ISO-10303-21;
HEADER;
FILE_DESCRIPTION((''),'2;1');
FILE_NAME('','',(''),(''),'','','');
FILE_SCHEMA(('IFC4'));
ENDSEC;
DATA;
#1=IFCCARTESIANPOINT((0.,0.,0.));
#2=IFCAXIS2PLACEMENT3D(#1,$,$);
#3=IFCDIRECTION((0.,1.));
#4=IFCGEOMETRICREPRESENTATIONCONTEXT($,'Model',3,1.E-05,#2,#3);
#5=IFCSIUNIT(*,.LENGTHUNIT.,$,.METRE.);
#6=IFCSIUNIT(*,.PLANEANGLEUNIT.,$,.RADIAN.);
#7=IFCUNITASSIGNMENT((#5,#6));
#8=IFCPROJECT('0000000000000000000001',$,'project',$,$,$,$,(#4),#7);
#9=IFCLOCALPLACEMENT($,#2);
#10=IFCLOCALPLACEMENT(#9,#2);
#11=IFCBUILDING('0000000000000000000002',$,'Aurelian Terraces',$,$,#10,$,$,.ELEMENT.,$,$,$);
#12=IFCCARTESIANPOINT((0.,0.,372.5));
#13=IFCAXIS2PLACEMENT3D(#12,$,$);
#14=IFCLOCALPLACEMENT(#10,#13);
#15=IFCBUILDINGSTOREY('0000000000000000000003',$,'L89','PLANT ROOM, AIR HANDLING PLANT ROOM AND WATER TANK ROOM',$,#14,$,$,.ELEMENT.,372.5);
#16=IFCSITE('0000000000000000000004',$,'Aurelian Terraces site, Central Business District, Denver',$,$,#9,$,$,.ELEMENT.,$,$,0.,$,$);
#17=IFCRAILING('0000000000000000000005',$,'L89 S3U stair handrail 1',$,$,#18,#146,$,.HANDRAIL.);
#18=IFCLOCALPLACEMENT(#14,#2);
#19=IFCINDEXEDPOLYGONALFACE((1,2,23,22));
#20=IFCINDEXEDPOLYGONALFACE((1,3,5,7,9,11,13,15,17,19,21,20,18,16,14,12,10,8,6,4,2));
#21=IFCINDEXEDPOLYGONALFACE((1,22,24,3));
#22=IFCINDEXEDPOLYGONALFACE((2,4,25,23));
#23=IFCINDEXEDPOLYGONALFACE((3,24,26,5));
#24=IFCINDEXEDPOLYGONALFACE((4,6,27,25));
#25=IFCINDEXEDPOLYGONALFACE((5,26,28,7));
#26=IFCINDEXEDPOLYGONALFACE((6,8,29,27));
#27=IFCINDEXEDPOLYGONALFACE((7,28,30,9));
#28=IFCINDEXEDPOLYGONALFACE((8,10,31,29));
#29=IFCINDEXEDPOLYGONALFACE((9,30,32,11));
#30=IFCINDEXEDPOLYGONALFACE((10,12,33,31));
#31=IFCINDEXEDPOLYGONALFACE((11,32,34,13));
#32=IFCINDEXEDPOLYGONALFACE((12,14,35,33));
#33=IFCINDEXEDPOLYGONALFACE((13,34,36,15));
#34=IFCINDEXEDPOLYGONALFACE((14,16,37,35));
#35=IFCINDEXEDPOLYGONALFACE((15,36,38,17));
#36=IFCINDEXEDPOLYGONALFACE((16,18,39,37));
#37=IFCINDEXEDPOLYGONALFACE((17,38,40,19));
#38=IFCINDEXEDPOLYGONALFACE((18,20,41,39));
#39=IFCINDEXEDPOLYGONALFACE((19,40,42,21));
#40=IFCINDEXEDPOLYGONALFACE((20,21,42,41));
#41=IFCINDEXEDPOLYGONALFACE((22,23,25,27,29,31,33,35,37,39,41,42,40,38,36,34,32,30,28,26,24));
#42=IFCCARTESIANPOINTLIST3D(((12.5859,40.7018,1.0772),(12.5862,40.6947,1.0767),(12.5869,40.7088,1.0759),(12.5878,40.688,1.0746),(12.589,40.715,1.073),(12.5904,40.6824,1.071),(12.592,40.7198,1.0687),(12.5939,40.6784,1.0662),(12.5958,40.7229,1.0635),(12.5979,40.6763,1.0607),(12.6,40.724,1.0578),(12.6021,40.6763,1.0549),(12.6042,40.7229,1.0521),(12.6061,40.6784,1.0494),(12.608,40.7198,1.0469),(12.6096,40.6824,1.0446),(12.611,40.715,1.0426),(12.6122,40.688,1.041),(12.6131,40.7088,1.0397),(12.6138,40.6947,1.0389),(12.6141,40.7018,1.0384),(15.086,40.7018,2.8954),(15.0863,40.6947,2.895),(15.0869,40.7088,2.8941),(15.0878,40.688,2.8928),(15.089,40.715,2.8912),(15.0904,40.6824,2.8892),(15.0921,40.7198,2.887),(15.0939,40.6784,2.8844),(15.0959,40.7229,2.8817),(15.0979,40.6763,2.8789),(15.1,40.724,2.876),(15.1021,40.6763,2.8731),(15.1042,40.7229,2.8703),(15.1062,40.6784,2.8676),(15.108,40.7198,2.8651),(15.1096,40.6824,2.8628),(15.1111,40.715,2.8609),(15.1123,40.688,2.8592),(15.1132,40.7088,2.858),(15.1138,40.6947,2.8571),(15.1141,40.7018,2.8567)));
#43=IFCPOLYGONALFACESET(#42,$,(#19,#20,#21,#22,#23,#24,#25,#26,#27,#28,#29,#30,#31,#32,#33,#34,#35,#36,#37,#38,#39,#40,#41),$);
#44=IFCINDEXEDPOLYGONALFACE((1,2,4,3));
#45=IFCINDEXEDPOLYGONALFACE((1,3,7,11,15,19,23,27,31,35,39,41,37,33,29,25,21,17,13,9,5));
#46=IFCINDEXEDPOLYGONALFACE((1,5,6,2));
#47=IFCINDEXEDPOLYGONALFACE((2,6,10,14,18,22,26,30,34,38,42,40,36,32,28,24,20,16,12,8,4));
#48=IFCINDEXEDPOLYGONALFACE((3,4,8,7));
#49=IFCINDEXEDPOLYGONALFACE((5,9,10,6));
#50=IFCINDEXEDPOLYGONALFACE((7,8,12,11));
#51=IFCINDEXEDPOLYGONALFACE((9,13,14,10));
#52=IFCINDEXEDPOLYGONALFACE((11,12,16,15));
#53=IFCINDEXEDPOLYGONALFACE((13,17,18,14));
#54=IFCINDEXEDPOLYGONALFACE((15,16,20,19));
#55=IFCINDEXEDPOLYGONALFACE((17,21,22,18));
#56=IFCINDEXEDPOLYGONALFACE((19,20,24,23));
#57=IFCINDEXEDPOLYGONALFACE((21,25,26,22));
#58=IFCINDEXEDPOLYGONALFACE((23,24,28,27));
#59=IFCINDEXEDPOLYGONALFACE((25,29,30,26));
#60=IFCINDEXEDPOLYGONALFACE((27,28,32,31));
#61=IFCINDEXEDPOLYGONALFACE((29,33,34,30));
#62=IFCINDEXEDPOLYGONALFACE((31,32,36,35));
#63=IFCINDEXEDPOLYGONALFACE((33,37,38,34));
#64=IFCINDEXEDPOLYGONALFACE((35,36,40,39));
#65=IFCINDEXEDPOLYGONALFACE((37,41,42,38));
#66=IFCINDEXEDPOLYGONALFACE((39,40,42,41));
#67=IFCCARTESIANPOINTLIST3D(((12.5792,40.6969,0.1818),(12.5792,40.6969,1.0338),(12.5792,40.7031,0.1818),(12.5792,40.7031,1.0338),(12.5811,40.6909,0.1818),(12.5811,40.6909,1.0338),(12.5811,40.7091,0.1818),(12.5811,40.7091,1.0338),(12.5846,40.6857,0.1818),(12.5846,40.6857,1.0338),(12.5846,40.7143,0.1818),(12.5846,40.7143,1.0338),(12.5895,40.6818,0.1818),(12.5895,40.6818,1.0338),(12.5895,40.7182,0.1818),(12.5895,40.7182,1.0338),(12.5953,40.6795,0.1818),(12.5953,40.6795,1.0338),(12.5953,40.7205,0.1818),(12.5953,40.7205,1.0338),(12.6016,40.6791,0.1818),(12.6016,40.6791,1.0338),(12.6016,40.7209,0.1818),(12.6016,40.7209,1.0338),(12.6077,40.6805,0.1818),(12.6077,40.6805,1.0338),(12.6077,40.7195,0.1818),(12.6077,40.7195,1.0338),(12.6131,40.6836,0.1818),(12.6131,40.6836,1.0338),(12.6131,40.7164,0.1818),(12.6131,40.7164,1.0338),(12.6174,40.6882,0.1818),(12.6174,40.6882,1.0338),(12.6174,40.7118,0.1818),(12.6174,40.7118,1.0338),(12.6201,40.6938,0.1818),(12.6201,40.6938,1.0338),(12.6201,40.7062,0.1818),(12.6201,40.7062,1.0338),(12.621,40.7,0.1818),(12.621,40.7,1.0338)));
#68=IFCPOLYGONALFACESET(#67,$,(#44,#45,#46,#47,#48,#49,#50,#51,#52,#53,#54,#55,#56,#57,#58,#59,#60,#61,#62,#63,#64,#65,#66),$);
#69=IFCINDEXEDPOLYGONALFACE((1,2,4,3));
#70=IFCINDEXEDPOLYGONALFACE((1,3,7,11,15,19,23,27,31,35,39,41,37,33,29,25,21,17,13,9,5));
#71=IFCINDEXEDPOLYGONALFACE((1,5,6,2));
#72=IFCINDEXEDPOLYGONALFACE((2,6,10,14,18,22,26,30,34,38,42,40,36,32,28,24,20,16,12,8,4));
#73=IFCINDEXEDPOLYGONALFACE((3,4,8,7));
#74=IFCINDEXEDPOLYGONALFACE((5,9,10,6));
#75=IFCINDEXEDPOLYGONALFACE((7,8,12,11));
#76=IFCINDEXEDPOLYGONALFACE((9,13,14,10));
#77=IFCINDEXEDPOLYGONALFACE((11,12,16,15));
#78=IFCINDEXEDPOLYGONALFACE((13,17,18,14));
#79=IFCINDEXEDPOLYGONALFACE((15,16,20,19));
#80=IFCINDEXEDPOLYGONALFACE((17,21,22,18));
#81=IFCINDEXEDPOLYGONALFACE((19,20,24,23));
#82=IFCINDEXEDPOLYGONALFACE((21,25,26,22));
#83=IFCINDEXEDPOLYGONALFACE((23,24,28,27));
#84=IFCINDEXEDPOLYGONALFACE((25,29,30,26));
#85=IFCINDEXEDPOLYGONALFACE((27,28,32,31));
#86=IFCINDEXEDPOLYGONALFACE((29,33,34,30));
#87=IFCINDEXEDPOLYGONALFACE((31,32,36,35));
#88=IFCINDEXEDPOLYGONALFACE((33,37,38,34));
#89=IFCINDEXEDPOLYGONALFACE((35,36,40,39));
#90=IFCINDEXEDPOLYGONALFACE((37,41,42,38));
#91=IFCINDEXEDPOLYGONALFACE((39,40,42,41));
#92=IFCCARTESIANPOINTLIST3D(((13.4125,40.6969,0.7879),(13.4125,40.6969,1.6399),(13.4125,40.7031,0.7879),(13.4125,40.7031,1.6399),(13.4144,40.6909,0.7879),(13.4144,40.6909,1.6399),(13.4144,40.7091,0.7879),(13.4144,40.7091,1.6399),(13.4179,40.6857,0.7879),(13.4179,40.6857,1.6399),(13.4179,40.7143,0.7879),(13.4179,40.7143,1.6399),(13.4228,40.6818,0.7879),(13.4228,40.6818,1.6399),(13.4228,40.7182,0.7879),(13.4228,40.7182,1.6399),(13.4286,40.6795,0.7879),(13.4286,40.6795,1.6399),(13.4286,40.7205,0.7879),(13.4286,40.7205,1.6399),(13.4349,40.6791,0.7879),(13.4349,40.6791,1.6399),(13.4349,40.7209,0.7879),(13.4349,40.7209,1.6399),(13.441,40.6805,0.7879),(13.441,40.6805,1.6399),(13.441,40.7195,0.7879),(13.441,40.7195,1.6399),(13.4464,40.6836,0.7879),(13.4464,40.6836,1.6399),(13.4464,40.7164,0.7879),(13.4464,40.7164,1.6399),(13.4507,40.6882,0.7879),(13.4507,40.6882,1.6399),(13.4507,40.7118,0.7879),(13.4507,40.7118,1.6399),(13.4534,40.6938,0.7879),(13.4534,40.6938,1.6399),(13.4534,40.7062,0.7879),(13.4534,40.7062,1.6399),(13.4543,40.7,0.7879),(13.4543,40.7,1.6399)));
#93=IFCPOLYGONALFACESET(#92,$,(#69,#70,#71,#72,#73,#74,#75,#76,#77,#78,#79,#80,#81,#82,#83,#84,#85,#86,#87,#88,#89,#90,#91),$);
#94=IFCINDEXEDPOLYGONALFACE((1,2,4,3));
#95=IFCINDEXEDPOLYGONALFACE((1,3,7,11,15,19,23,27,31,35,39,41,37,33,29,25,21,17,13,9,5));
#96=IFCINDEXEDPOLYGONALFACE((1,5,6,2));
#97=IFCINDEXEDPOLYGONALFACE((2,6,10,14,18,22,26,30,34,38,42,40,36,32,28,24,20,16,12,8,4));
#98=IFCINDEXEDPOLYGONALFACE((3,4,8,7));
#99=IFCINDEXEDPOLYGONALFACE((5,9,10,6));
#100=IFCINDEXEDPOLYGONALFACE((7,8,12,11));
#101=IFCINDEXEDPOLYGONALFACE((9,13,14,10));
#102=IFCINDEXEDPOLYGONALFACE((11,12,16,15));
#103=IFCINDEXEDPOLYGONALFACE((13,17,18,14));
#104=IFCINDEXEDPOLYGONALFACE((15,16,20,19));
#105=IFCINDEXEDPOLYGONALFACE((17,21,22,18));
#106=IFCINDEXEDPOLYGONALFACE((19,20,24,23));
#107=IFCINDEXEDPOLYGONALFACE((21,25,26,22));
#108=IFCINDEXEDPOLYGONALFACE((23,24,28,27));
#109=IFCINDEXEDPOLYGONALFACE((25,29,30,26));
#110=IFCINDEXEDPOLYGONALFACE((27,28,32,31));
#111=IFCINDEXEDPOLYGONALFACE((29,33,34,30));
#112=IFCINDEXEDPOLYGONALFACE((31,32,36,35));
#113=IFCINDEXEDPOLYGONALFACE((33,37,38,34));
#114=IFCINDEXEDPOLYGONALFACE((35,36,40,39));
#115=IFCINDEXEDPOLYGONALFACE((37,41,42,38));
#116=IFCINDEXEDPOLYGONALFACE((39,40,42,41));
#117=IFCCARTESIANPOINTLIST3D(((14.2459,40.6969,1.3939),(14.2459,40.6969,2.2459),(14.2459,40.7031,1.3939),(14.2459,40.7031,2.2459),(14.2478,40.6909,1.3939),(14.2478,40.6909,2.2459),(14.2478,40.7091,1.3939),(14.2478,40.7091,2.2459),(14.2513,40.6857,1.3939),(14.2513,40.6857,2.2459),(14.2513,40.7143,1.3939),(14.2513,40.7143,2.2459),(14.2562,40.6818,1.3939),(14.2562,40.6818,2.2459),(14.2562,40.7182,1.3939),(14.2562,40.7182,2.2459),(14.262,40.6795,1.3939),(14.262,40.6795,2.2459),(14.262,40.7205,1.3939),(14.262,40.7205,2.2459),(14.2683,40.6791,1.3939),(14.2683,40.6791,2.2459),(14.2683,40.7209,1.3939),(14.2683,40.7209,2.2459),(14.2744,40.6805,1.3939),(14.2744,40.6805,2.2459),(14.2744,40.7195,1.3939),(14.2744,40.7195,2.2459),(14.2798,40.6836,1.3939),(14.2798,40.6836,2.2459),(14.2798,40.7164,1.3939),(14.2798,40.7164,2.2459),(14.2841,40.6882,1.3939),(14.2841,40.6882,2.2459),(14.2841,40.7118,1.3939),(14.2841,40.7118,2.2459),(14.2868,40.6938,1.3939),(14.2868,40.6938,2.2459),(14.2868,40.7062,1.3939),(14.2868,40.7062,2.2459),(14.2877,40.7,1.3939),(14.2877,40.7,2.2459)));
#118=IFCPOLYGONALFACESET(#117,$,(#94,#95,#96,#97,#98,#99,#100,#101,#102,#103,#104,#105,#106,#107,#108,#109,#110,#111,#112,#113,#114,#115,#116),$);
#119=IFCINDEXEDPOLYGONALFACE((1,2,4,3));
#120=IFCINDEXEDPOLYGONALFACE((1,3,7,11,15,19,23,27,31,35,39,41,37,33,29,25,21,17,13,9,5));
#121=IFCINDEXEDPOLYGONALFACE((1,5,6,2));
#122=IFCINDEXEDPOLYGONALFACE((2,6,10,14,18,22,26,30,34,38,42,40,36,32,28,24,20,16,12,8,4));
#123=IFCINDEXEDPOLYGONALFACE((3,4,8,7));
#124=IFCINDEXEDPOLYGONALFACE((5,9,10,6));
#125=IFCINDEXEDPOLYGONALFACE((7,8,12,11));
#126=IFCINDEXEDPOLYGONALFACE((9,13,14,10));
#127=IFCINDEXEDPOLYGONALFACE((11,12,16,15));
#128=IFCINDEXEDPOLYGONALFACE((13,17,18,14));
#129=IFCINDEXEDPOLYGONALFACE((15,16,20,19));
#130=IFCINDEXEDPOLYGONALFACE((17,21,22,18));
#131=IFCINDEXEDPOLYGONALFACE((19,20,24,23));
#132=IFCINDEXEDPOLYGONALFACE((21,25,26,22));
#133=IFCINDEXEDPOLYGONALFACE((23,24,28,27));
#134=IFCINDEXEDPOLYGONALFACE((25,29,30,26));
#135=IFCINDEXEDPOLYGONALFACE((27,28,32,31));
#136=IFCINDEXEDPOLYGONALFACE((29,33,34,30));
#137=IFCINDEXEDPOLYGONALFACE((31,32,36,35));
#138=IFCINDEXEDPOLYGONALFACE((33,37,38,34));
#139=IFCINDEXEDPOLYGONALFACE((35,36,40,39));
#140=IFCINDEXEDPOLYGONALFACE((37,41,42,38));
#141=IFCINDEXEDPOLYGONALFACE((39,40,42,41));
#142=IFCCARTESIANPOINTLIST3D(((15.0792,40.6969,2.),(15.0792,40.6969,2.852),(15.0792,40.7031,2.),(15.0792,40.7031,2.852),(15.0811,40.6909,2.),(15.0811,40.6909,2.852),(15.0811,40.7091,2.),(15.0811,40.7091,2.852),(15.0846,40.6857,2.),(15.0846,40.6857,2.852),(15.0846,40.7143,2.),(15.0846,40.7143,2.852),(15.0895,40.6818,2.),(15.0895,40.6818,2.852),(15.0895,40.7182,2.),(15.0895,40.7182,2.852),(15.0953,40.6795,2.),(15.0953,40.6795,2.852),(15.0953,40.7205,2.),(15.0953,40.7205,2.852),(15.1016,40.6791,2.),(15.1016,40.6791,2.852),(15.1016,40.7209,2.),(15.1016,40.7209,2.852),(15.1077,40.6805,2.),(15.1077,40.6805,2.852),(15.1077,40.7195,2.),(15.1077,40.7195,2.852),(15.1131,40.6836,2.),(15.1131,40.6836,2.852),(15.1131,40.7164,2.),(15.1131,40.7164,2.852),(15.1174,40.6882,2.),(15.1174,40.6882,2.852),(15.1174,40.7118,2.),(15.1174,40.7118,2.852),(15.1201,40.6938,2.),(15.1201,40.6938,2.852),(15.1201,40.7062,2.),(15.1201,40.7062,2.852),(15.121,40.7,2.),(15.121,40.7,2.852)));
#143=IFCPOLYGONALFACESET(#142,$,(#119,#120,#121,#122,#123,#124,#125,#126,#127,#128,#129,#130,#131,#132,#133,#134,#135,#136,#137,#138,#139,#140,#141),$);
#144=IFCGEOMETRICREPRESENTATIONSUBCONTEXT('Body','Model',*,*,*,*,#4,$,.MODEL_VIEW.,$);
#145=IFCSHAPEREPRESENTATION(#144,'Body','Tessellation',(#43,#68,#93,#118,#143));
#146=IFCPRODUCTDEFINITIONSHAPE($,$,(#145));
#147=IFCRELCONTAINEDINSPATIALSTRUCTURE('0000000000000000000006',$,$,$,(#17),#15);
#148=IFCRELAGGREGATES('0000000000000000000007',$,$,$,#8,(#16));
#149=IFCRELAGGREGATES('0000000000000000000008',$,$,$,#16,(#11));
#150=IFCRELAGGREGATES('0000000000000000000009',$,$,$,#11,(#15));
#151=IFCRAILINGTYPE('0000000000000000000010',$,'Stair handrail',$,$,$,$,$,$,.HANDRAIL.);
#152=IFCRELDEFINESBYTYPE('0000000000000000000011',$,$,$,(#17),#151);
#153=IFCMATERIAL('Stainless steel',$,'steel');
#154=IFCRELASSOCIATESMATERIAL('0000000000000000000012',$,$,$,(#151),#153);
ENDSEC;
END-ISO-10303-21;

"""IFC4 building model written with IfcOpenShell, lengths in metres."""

from ifc_helpers import new_model, si_unit, direction, frame, origin, origin_2d, place, context, subcontext, project, spatial, circle, extrude, source, transform, mapped, material, type_object, element, save


model = new_model("IFC4")

# Units and contexts
model_context = context("Model", 3, precision=1e-05, world=origin(), true_north=direction((0.0, 1.0)))
body_context = subcontext(model_context, "Body", "Model", "MODEL_VIEW")
ifc_project = project(units=[si_unit("LENGTHUNIT", "METRE"), si_unit("PLANEANGLEUNIT", "RADIAN")], contexts=[model_context])

# Site, building, storey
site_placement = place(None, origin())
site = spatial("IfcSite", under=ifc_project, at=site_placement, Name="Aurelian Terraces site, Central Business District, Denver", CompositionType="ELEMENT", RefElevation=0.0)
building_placement = place(site_placement, origin())
building = spatial("IfcBuilding", under=site, at=building_placement, Name="Aurelian Terraces", CompositionType="ELEMENT")
storey_placement = place(building_placement, frame((0.0, 0.0, 372.5)))
storey = spatial("IfcBuildingStorey", under=building, at=storey_placement, Name="L89", Description="PLANT ROOM, AIR HANDLING PLANT ROOM AND WATER TANK ROOM", CompositionType="ELEMENT", Elevation=372.5)

# Railing
ifc_material_1 = material(Name="Stainless steel", Category="steel")
railing_type_1 = type_object("IfcRailingType", Name="Stair handrail", PredefinedType="HANDRAIL", material=ifc_material_1)
shared_shape_1 = source(origin(), body_context, "Body", "SweptSolid", [
    extrude(circle(Radius=0.024, at=origin_2d()), frame((0.0, 0.0, 0.876), z_axis=(0.808733, 0.0, 0.588176), x_axis=(0.0, 1.0, 0.0)), (0.0, 0.0, 1.0), 3.0913),
    extrude(circle(Radius=0.021, at=origin_2d()), origin(), (0.0, 0.0, 1.0), 0.852),
    extrude(circle(Radius=0.021, at=origin_2d()), frame((0.8333, 0.0, 0.6061)), (0.0, 0.0, 1.0), 0.852),
    extrude(circle(Radius=0.021, at=origin_2d()), frame((1.6667, 0.0, 1.2121)), (0.0, 0.0, 1.0), 0.852),
    extrude(circle(Radius=0.021, at=origin_2d()), frame((2.5, 0.0, 1.8182)), (0.0, 0.0, 1.0), 0.852),
])
railing_1_placement = place(storey_placement, frame((12.6, 40.7, 0.1818)))
element("IfcRailing", 1, at=railing_1_placement, inside=storey, type_object=railing_type_1, Name="L89 S3U stair handrail 1", PredefinedType="HANDRAIL", context=body_context, shape_type="MappedRepresentation", body=[
    mapped(shared_shape_1, transform((0.0, 0.0, 0.0), scale=1.0)),
])

save(model, "model.ifc")
